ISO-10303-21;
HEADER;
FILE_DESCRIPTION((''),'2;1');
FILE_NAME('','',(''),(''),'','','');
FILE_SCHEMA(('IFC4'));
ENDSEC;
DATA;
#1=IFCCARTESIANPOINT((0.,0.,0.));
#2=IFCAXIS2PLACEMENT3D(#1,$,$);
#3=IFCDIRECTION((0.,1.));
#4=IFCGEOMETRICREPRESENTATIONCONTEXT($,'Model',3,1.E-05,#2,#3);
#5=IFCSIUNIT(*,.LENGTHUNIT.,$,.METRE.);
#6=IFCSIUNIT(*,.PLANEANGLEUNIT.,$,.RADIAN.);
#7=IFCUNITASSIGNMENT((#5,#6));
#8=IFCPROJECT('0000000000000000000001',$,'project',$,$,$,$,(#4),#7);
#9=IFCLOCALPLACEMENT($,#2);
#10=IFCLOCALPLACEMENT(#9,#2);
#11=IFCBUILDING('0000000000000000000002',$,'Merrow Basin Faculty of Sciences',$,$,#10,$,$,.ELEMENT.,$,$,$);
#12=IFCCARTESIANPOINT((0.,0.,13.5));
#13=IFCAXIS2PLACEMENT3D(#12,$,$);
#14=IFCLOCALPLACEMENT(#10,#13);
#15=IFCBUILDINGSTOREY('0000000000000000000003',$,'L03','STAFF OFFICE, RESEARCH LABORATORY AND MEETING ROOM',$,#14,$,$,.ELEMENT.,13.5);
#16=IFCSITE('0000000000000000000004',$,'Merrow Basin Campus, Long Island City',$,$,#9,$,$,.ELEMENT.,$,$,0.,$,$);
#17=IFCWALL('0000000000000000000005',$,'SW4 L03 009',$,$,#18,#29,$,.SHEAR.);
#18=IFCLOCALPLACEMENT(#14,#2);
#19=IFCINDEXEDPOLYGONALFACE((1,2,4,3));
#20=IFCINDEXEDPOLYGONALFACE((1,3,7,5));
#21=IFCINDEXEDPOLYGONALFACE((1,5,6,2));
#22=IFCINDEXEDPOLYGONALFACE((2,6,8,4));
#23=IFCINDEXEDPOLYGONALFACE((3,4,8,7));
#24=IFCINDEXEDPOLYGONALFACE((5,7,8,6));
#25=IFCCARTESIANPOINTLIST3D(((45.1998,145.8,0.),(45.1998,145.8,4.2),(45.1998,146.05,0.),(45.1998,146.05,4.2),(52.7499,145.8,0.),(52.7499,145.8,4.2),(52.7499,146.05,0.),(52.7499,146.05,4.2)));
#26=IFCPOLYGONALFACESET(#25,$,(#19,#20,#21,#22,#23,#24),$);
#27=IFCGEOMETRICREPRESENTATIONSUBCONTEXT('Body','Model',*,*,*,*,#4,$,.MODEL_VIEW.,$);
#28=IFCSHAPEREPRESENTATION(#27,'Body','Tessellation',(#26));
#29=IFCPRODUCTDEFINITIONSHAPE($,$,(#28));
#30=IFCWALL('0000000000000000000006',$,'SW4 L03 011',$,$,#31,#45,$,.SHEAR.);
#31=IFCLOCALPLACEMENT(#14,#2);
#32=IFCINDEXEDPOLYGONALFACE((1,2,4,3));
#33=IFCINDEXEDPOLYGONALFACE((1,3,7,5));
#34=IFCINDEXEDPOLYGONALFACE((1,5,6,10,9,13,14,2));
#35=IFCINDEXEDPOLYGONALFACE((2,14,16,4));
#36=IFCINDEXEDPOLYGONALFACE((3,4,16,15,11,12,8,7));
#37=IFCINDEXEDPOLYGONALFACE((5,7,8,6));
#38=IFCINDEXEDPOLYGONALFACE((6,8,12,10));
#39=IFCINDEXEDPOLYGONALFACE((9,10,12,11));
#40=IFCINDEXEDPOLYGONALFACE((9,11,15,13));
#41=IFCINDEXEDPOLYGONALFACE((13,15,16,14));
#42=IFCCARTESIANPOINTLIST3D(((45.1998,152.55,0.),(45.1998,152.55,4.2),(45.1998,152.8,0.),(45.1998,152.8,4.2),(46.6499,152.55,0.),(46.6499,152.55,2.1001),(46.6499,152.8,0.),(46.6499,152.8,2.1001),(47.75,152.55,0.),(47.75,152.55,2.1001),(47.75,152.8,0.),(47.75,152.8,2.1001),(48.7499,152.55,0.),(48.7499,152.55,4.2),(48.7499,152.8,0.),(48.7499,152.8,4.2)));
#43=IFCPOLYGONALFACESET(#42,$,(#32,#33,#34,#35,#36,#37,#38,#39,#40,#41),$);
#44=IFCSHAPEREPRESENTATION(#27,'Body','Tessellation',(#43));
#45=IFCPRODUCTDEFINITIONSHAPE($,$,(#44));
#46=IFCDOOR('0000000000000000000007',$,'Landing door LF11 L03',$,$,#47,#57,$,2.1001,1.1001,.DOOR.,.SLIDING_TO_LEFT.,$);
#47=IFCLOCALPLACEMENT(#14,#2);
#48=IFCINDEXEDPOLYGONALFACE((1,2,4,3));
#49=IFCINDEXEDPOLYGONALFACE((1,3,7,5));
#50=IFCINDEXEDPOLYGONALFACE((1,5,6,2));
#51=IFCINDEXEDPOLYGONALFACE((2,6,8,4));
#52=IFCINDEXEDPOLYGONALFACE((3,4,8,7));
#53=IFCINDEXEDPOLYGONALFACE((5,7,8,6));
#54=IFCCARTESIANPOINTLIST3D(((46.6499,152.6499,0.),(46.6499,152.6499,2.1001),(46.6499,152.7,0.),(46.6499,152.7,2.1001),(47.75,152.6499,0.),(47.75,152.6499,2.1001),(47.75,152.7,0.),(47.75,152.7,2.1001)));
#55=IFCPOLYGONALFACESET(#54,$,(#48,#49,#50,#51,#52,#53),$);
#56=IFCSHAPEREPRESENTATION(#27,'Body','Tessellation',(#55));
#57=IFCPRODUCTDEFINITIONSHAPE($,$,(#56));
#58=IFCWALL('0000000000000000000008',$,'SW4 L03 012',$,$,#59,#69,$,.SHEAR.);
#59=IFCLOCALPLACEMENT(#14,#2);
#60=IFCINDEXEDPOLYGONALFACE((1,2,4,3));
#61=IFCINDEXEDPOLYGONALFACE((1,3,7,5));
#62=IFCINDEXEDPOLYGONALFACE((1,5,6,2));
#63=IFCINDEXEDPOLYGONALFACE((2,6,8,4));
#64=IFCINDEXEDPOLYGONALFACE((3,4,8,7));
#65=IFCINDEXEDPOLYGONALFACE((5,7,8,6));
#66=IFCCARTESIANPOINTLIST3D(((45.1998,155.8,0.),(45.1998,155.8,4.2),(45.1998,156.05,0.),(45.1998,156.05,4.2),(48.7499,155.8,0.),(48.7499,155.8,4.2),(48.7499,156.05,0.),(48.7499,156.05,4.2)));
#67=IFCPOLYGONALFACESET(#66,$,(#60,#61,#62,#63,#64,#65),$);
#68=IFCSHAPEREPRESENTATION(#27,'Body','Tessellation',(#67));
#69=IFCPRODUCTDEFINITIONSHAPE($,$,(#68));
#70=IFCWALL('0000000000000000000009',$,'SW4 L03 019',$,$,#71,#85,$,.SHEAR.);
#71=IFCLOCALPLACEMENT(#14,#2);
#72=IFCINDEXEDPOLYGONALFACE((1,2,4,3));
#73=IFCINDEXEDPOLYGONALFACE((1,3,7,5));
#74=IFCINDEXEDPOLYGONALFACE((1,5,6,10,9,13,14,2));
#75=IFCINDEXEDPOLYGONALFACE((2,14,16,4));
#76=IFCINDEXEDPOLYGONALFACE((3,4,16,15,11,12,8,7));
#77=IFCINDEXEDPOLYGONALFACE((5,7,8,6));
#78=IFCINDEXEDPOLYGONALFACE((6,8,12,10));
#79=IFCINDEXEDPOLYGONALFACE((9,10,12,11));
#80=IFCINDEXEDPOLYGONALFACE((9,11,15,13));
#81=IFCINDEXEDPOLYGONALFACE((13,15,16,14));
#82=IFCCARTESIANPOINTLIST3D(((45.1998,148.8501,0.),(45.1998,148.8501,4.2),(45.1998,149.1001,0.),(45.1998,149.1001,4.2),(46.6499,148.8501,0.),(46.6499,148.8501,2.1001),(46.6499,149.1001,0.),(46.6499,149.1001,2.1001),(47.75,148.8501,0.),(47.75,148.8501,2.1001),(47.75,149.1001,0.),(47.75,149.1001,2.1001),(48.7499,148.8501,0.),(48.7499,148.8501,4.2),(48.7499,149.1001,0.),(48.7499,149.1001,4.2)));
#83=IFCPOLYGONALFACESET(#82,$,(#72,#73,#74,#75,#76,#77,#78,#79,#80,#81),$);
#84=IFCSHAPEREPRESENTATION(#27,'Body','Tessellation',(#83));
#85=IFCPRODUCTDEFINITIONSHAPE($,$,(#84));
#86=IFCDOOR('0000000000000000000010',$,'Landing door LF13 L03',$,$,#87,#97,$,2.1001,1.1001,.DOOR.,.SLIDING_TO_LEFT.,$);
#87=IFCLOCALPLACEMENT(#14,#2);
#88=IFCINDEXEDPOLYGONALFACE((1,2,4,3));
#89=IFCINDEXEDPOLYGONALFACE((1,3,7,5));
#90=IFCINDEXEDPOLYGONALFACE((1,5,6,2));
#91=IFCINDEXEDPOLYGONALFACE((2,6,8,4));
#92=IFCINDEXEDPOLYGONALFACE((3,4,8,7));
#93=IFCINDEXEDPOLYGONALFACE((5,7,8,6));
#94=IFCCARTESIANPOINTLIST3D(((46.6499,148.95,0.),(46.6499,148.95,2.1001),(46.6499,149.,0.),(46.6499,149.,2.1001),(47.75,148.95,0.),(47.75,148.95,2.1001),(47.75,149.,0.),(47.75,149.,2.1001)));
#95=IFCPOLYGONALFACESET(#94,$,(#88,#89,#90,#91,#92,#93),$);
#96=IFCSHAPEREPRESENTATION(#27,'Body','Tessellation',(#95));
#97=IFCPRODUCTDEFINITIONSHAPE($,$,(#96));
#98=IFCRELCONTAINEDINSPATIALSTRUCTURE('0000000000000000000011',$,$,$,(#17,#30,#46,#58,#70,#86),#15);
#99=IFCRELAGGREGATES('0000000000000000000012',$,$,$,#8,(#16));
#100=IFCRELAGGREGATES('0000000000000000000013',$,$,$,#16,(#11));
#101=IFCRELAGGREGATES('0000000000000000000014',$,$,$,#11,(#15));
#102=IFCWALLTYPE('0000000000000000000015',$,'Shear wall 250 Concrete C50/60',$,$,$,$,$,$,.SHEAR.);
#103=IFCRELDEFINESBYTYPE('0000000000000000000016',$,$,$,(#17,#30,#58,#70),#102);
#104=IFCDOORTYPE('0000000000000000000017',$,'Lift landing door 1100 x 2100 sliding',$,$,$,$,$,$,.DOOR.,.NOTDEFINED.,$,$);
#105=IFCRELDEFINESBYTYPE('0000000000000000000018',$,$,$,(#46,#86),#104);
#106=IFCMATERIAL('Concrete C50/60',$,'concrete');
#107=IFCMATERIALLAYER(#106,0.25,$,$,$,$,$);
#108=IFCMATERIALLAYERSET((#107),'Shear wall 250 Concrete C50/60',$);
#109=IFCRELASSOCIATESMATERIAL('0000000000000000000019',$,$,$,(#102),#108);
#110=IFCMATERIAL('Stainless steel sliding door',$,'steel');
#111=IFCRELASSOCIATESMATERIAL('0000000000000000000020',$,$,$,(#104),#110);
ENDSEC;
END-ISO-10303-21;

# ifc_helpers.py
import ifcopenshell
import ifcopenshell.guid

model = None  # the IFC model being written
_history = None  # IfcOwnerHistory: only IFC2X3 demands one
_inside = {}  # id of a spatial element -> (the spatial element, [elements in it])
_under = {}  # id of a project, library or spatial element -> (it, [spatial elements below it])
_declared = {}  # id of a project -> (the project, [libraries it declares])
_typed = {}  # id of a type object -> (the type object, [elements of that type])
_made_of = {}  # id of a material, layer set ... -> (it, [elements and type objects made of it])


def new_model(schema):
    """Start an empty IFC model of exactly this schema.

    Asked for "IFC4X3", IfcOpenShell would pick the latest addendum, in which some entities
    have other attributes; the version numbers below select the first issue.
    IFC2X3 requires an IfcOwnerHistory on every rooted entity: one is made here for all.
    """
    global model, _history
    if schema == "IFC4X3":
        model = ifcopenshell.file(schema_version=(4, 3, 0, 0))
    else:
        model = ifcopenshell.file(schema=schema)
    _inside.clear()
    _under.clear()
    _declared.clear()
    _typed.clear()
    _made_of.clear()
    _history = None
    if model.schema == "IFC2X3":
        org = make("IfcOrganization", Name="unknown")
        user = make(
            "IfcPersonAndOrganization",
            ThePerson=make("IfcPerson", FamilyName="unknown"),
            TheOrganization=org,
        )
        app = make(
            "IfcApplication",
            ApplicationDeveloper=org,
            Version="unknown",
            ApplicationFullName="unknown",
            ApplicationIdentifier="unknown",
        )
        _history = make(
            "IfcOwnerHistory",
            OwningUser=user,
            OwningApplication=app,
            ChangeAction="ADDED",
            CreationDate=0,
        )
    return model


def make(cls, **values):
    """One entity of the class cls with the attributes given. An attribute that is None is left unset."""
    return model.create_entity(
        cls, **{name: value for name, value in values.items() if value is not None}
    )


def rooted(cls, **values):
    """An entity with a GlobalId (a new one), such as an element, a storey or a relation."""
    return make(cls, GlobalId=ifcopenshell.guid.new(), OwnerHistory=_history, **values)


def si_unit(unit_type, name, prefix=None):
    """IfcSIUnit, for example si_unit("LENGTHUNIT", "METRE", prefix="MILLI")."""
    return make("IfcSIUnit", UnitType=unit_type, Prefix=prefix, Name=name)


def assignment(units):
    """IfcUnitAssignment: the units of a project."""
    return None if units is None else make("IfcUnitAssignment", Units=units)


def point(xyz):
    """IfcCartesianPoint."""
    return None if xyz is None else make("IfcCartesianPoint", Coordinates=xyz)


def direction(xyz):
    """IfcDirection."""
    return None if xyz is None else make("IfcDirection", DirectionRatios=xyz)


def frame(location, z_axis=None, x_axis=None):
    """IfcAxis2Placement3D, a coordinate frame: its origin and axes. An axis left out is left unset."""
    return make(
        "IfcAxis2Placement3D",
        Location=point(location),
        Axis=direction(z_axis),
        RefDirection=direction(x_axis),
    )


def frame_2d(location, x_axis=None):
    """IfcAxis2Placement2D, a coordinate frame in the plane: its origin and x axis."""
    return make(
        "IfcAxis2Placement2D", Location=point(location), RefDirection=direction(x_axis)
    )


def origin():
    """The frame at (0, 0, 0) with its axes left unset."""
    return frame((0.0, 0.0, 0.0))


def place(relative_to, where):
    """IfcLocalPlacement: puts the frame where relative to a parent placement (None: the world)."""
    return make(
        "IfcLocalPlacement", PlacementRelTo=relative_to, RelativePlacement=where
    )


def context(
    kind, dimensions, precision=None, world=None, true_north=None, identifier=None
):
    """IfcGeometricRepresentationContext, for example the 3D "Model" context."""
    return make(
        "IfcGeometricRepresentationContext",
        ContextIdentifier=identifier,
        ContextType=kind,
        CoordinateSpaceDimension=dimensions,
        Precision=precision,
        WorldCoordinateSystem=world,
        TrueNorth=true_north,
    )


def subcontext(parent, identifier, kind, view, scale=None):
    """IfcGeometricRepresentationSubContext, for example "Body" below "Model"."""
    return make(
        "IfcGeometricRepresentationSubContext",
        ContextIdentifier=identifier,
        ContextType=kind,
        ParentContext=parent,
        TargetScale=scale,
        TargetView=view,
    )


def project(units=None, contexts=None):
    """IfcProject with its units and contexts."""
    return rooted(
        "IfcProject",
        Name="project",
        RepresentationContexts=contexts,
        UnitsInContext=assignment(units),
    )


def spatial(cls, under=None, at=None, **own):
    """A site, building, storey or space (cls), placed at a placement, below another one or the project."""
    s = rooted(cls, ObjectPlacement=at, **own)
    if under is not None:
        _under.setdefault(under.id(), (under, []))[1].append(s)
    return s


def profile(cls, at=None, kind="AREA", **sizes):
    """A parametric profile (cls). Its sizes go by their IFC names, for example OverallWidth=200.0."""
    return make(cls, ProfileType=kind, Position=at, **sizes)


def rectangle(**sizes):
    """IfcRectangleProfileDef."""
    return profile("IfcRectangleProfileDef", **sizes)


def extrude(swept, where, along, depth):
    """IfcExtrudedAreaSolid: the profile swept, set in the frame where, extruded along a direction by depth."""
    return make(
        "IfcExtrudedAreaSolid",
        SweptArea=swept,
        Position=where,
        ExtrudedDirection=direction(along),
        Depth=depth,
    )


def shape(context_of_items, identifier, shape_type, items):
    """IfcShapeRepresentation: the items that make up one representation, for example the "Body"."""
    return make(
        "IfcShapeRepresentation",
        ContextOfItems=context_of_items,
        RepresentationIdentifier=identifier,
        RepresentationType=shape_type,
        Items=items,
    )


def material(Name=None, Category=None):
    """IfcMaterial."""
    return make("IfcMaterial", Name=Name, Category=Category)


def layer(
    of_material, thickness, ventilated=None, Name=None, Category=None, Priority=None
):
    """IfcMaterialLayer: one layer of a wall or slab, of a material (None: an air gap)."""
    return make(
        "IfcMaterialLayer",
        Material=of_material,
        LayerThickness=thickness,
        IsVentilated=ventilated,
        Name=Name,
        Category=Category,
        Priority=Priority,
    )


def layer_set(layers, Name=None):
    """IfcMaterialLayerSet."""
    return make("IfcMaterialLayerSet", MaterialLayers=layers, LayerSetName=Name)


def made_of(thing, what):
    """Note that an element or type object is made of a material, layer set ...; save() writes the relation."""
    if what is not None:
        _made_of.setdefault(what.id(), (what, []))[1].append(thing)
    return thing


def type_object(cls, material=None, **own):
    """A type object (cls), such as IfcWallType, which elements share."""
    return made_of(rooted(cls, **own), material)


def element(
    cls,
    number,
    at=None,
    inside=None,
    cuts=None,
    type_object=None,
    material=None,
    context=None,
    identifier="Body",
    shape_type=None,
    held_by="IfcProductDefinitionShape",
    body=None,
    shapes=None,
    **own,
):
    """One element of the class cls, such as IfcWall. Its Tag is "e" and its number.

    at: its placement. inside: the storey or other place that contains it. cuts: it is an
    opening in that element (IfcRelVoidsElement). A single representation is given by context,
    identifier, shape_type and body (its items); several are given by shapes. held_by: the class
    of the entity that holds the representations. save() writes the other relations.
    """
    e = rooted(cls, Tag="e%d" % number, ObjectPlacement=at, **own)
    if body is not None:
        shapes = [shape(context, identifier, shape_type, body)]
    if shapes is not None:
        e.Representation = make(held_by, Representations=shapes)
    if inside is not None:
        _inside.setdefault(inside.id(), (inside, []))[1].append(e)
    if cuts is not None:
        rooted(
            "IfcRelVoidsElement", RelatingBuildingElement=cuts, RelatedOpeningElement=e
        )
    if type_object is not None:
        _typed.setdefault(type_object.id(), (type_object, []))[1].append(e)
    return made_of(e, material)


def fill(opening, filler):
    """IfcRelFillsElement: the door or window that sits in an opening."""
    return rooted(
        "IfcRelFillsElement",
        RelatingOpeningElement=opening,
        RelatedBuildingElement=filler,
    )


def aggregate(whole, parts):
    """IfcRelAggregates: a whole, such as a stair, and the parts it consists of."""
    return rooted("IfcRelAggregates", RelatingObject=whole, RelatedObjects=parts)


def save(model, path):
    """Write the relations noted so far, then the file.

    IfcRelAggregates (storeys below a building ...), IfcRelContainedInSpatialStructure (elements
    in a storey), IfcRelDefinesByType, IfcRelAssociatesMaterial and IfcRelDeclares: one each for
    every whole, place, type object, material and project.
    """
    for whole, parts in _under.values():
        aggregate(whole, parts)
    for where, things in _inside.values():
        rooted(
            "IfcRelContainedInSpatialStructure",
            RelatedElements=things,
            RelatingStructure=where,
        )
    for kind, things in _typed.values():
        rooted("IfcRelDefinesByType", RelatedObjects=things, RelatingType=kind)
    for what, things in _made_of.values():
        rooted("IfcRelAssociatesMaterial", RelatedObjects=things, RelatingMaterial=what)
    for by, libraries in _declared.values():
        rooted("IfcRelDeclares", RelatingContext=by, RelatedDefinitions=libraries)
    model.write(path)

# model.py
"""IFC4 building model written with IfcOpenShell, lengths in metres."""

from ifc_helpers import new_model, si_unit, direction, frame, frame_2d, origin, place, context, subcontext, project, spatial, rectangle, extrude, material, layer, layer_set, type_object, element, fill, save


model = new_model("IFC4")

# Units and contexts
model_context = context("Model", 3, precision=1e-05, world=origin(), true_north=direction((0.0, 1.0)))
body_context = subcontext(model_context, "Body", "Model", "MODEL_VIEW")
ifc_project = project(units=[si_unit("LENGTHUNIT", "METRE"), si_unit("PLANEANGLEUNIT", "RADIAN")], contexts=[model_context])

# Site, building, storey
site_placement = place(None, origin())
site = spatial("IfcSite", under=ifc_project, at=site_placement, Name="Merrow Basin Campus, Long Island City", CompositionType="ELEMENT", RefElevation=0.0)
building_placement = place(site_placement, origin())
building = spatial("IfcBuilding", under=site, at=building_placement, Name="Merrow Basin Faculty of Sciences", CompositionType="ELEMENT")
storey_placement = place(building_placement, frame((0.0, 0.0, 13.5)))
storey = spatial("IfcBuildingStorey", under=building, at=storey_placement, Name="L03", Description="STAFF OFFICE, RESEARCH LABORATORY AND MEETING ROOM", CompositionType="ELEMENT", Elevation=13.5)

# Wall
ifc_material_1 = material(Name="Concrete C50/60", Category="concrete")
ifc_layer_1 = layer(ifc_material_1, 0.25)
ifc_layer_set_1 = layer_set([ifc_layer_1], Name="Shear wall 250 Concrete C50/60")
wall_type_1 = type_object("IfcWallType", Name="Shear wall 250 Concrete C50/60", PredefinedType="SHEAR", material=ifc_layer_set_1)
for number, where, z_axis, x_axis, name in (
    (1, (45.2, 145.925, 0.0), (0.0, 0.0, 1.0), (1.0, 0.0, 0.0), "SW4 L03 009"),
):
    element("IfcWall", number, at=place(storey_placement, frame(where, z_axis=z_axis, x_axis=x_axis)), inside=storey, type_object=wall_type_1, Name=name, PredefinedType="SHEAR", context=body_context, shape_type="SweptSolid", body=[
        extrude(rectangle(XDim=7.55, YDim=0.25, at=frame_2d((3.7749, 0.0))), origin(), (0.0, 0.0, 1.0), 4.2),
    ])

# Wall, opening, door
wall_1_placement = place(storey_placement, frame((45.2, 152.675, 0.0), z_axis=(0.0, 0.0, 1.0), x_axis=(1.0, 0.0, 0.0)))
wall_1 = element("IfcWall", 2, at=wall_1_placement, inside=storey, type_object=wall_type_1, Name="SW4 L03 011", PredefinedType="SHEAR", context=body_context, shape_type="SweptSolid", body=[
    extrude(rectangle(XDim=3.55, YDim=0.25, at=frame_2d((1.7749, 0.0))), origin(), (0.0, 0.0, 1.0), 4.2),
])
opening_1_placement = place(wall_1_placement, frame((1.45, 0.0, 0.0)))
opening_1 = element("IfcOpeningElement", 3, at=opening_1_placement, cuts=wall_1, PredefinedType="OPENING", context=body_context, shape_type="SweptSolid", body=[
    extrude(rectangle(XDim=1.1001, YDim=2.1001, at=frame_2d((0.55, 1.05))), frame((0.0, 0.135, 0.0), z_axis=(0.0, -1.0, 0.0), x_axis=(1.0, 0.0, 0.0)), (0.0, 0.0, 1.0), 0.27),
])
ifc_material_2 = material(Name="Stainless steel sliding door", Category="steel")
door_type_1 = type_object("IfcDoorType", Name="Lift landing door 1100 x 2100 sliding", OperationType="NOTDEFINED", PredefinedType="DOOR", material=ifc_material_2)
door_1_placement = place(opening_1_placement, origin())
door_1 = element("IfcDoor", 4, at=door_1_placement, inside=storey, type_object=door_type_1, Name="Landing door LF11 L03", OperationType="SLIDING_TO_LEFT", OverallHeight=2.1001, OverallWidth=1.1001, PredefinedType="DOOR", context=body_context, shape_type="SweptSolid", body=[
    extrude(rectangle(XDim=1.1001, YDim=2.1001, at=frame_2d((0.55, 1.05))), frame((0.0, 0.0249, 0.0), z_axis=(0.0, -1.0, 0.0), x_axis=(1.0, 0.0, 0.0)), (0.0, 0.0, 1.0), 0.05),
])
fill(opening_1, door_1)

# Wall
wall_2_placement = place(storey_placement, frame((45.2, 155.925, 0.0), z_axis=(0.0, 0.0, 1.0), x_axis=(1.0, 0.0, 0.0)))
element("IfcWall", 5, at=wall_2_placement, inside=storey, type_object=wall_type_1, Name="SW4 L03 012", PredefinedType="SHEAR", context=body_context, shape_type="SweptSolid", body=[
    extrude(rectangle(XDim=3.55, YDim=0.25, at=frame_2d((1.7749, 0.0))), origin(), (0.0, 0.0, 1.0), 4.2),
])

# Wall, opening, door
wall_3_placement = place(storey_placement, frame((45.2, 148.9751, 0.0), z_axis=(0.0, 0.0, 1.0), x_axis=(1.0, 0.0, 0.0)))
wall_3 = element("IfcWall", 6, at=wall_3_placement, inside=storey, type_object=wall_type_1, Name="SW4 L03 019", PredefinedType="SHEAR", context=body_context, shape_type="SweptSolid", body=[
    extrude(rectangle(XDim=3.55, YDim=0.25, at=frame_2d((1.7749, 0.0))), origin(), (0.0, 0.0, 1.0), 4.2),
])
opening_2_placement = place(wall_3_placement, frame((1.45, 0.0, 0.0)))
opening_2 = element("IfcOpeningElement", 7, at=opening_2_placement, cuts=wall_3, PredefinedType="OPENING", context=body_context, shape_type="SweptSolid", body=[
    extrude(rectangle(XDim=1.1001, YDim=2.1001, at=frame_2d((0.55, 1.05))), frame((0.0, 0.135, 0.0), z_axis=(0.0, -1.0, 0.0), x_axis=(1.0, 0.0, 0.0)), (0.0, 0.0, 1.0), 0.27),
])
door_2_placement = place(opening_2_placement, origin())
door_2 = element("IfcDoor", 8, at=door_2_placement, inside=storey, type_object=door_type_1, Name="Landing door LF13 L03", OperationType="SLIDING_TO_LEFT", OverallHeight=2.1001, OverallWidth=1.1001, PredefinedType="DOOR", context=body_context, shape_type="SweptSolid", body=[
    extrude(rectangle(XDim=1.1001, YDim=2.1001, at=frame_2d((0.55, 1.05))), frame((0.0, 0.0249, 0.0), z_axis=(0.0, -1.0, 0.0), x_axis=(1.0, 0.0, 0.0)), (0.0, 0.0, 1.0), 0.05),
])
fill(opening_2, door_2)

save(model, "model.ifc")
